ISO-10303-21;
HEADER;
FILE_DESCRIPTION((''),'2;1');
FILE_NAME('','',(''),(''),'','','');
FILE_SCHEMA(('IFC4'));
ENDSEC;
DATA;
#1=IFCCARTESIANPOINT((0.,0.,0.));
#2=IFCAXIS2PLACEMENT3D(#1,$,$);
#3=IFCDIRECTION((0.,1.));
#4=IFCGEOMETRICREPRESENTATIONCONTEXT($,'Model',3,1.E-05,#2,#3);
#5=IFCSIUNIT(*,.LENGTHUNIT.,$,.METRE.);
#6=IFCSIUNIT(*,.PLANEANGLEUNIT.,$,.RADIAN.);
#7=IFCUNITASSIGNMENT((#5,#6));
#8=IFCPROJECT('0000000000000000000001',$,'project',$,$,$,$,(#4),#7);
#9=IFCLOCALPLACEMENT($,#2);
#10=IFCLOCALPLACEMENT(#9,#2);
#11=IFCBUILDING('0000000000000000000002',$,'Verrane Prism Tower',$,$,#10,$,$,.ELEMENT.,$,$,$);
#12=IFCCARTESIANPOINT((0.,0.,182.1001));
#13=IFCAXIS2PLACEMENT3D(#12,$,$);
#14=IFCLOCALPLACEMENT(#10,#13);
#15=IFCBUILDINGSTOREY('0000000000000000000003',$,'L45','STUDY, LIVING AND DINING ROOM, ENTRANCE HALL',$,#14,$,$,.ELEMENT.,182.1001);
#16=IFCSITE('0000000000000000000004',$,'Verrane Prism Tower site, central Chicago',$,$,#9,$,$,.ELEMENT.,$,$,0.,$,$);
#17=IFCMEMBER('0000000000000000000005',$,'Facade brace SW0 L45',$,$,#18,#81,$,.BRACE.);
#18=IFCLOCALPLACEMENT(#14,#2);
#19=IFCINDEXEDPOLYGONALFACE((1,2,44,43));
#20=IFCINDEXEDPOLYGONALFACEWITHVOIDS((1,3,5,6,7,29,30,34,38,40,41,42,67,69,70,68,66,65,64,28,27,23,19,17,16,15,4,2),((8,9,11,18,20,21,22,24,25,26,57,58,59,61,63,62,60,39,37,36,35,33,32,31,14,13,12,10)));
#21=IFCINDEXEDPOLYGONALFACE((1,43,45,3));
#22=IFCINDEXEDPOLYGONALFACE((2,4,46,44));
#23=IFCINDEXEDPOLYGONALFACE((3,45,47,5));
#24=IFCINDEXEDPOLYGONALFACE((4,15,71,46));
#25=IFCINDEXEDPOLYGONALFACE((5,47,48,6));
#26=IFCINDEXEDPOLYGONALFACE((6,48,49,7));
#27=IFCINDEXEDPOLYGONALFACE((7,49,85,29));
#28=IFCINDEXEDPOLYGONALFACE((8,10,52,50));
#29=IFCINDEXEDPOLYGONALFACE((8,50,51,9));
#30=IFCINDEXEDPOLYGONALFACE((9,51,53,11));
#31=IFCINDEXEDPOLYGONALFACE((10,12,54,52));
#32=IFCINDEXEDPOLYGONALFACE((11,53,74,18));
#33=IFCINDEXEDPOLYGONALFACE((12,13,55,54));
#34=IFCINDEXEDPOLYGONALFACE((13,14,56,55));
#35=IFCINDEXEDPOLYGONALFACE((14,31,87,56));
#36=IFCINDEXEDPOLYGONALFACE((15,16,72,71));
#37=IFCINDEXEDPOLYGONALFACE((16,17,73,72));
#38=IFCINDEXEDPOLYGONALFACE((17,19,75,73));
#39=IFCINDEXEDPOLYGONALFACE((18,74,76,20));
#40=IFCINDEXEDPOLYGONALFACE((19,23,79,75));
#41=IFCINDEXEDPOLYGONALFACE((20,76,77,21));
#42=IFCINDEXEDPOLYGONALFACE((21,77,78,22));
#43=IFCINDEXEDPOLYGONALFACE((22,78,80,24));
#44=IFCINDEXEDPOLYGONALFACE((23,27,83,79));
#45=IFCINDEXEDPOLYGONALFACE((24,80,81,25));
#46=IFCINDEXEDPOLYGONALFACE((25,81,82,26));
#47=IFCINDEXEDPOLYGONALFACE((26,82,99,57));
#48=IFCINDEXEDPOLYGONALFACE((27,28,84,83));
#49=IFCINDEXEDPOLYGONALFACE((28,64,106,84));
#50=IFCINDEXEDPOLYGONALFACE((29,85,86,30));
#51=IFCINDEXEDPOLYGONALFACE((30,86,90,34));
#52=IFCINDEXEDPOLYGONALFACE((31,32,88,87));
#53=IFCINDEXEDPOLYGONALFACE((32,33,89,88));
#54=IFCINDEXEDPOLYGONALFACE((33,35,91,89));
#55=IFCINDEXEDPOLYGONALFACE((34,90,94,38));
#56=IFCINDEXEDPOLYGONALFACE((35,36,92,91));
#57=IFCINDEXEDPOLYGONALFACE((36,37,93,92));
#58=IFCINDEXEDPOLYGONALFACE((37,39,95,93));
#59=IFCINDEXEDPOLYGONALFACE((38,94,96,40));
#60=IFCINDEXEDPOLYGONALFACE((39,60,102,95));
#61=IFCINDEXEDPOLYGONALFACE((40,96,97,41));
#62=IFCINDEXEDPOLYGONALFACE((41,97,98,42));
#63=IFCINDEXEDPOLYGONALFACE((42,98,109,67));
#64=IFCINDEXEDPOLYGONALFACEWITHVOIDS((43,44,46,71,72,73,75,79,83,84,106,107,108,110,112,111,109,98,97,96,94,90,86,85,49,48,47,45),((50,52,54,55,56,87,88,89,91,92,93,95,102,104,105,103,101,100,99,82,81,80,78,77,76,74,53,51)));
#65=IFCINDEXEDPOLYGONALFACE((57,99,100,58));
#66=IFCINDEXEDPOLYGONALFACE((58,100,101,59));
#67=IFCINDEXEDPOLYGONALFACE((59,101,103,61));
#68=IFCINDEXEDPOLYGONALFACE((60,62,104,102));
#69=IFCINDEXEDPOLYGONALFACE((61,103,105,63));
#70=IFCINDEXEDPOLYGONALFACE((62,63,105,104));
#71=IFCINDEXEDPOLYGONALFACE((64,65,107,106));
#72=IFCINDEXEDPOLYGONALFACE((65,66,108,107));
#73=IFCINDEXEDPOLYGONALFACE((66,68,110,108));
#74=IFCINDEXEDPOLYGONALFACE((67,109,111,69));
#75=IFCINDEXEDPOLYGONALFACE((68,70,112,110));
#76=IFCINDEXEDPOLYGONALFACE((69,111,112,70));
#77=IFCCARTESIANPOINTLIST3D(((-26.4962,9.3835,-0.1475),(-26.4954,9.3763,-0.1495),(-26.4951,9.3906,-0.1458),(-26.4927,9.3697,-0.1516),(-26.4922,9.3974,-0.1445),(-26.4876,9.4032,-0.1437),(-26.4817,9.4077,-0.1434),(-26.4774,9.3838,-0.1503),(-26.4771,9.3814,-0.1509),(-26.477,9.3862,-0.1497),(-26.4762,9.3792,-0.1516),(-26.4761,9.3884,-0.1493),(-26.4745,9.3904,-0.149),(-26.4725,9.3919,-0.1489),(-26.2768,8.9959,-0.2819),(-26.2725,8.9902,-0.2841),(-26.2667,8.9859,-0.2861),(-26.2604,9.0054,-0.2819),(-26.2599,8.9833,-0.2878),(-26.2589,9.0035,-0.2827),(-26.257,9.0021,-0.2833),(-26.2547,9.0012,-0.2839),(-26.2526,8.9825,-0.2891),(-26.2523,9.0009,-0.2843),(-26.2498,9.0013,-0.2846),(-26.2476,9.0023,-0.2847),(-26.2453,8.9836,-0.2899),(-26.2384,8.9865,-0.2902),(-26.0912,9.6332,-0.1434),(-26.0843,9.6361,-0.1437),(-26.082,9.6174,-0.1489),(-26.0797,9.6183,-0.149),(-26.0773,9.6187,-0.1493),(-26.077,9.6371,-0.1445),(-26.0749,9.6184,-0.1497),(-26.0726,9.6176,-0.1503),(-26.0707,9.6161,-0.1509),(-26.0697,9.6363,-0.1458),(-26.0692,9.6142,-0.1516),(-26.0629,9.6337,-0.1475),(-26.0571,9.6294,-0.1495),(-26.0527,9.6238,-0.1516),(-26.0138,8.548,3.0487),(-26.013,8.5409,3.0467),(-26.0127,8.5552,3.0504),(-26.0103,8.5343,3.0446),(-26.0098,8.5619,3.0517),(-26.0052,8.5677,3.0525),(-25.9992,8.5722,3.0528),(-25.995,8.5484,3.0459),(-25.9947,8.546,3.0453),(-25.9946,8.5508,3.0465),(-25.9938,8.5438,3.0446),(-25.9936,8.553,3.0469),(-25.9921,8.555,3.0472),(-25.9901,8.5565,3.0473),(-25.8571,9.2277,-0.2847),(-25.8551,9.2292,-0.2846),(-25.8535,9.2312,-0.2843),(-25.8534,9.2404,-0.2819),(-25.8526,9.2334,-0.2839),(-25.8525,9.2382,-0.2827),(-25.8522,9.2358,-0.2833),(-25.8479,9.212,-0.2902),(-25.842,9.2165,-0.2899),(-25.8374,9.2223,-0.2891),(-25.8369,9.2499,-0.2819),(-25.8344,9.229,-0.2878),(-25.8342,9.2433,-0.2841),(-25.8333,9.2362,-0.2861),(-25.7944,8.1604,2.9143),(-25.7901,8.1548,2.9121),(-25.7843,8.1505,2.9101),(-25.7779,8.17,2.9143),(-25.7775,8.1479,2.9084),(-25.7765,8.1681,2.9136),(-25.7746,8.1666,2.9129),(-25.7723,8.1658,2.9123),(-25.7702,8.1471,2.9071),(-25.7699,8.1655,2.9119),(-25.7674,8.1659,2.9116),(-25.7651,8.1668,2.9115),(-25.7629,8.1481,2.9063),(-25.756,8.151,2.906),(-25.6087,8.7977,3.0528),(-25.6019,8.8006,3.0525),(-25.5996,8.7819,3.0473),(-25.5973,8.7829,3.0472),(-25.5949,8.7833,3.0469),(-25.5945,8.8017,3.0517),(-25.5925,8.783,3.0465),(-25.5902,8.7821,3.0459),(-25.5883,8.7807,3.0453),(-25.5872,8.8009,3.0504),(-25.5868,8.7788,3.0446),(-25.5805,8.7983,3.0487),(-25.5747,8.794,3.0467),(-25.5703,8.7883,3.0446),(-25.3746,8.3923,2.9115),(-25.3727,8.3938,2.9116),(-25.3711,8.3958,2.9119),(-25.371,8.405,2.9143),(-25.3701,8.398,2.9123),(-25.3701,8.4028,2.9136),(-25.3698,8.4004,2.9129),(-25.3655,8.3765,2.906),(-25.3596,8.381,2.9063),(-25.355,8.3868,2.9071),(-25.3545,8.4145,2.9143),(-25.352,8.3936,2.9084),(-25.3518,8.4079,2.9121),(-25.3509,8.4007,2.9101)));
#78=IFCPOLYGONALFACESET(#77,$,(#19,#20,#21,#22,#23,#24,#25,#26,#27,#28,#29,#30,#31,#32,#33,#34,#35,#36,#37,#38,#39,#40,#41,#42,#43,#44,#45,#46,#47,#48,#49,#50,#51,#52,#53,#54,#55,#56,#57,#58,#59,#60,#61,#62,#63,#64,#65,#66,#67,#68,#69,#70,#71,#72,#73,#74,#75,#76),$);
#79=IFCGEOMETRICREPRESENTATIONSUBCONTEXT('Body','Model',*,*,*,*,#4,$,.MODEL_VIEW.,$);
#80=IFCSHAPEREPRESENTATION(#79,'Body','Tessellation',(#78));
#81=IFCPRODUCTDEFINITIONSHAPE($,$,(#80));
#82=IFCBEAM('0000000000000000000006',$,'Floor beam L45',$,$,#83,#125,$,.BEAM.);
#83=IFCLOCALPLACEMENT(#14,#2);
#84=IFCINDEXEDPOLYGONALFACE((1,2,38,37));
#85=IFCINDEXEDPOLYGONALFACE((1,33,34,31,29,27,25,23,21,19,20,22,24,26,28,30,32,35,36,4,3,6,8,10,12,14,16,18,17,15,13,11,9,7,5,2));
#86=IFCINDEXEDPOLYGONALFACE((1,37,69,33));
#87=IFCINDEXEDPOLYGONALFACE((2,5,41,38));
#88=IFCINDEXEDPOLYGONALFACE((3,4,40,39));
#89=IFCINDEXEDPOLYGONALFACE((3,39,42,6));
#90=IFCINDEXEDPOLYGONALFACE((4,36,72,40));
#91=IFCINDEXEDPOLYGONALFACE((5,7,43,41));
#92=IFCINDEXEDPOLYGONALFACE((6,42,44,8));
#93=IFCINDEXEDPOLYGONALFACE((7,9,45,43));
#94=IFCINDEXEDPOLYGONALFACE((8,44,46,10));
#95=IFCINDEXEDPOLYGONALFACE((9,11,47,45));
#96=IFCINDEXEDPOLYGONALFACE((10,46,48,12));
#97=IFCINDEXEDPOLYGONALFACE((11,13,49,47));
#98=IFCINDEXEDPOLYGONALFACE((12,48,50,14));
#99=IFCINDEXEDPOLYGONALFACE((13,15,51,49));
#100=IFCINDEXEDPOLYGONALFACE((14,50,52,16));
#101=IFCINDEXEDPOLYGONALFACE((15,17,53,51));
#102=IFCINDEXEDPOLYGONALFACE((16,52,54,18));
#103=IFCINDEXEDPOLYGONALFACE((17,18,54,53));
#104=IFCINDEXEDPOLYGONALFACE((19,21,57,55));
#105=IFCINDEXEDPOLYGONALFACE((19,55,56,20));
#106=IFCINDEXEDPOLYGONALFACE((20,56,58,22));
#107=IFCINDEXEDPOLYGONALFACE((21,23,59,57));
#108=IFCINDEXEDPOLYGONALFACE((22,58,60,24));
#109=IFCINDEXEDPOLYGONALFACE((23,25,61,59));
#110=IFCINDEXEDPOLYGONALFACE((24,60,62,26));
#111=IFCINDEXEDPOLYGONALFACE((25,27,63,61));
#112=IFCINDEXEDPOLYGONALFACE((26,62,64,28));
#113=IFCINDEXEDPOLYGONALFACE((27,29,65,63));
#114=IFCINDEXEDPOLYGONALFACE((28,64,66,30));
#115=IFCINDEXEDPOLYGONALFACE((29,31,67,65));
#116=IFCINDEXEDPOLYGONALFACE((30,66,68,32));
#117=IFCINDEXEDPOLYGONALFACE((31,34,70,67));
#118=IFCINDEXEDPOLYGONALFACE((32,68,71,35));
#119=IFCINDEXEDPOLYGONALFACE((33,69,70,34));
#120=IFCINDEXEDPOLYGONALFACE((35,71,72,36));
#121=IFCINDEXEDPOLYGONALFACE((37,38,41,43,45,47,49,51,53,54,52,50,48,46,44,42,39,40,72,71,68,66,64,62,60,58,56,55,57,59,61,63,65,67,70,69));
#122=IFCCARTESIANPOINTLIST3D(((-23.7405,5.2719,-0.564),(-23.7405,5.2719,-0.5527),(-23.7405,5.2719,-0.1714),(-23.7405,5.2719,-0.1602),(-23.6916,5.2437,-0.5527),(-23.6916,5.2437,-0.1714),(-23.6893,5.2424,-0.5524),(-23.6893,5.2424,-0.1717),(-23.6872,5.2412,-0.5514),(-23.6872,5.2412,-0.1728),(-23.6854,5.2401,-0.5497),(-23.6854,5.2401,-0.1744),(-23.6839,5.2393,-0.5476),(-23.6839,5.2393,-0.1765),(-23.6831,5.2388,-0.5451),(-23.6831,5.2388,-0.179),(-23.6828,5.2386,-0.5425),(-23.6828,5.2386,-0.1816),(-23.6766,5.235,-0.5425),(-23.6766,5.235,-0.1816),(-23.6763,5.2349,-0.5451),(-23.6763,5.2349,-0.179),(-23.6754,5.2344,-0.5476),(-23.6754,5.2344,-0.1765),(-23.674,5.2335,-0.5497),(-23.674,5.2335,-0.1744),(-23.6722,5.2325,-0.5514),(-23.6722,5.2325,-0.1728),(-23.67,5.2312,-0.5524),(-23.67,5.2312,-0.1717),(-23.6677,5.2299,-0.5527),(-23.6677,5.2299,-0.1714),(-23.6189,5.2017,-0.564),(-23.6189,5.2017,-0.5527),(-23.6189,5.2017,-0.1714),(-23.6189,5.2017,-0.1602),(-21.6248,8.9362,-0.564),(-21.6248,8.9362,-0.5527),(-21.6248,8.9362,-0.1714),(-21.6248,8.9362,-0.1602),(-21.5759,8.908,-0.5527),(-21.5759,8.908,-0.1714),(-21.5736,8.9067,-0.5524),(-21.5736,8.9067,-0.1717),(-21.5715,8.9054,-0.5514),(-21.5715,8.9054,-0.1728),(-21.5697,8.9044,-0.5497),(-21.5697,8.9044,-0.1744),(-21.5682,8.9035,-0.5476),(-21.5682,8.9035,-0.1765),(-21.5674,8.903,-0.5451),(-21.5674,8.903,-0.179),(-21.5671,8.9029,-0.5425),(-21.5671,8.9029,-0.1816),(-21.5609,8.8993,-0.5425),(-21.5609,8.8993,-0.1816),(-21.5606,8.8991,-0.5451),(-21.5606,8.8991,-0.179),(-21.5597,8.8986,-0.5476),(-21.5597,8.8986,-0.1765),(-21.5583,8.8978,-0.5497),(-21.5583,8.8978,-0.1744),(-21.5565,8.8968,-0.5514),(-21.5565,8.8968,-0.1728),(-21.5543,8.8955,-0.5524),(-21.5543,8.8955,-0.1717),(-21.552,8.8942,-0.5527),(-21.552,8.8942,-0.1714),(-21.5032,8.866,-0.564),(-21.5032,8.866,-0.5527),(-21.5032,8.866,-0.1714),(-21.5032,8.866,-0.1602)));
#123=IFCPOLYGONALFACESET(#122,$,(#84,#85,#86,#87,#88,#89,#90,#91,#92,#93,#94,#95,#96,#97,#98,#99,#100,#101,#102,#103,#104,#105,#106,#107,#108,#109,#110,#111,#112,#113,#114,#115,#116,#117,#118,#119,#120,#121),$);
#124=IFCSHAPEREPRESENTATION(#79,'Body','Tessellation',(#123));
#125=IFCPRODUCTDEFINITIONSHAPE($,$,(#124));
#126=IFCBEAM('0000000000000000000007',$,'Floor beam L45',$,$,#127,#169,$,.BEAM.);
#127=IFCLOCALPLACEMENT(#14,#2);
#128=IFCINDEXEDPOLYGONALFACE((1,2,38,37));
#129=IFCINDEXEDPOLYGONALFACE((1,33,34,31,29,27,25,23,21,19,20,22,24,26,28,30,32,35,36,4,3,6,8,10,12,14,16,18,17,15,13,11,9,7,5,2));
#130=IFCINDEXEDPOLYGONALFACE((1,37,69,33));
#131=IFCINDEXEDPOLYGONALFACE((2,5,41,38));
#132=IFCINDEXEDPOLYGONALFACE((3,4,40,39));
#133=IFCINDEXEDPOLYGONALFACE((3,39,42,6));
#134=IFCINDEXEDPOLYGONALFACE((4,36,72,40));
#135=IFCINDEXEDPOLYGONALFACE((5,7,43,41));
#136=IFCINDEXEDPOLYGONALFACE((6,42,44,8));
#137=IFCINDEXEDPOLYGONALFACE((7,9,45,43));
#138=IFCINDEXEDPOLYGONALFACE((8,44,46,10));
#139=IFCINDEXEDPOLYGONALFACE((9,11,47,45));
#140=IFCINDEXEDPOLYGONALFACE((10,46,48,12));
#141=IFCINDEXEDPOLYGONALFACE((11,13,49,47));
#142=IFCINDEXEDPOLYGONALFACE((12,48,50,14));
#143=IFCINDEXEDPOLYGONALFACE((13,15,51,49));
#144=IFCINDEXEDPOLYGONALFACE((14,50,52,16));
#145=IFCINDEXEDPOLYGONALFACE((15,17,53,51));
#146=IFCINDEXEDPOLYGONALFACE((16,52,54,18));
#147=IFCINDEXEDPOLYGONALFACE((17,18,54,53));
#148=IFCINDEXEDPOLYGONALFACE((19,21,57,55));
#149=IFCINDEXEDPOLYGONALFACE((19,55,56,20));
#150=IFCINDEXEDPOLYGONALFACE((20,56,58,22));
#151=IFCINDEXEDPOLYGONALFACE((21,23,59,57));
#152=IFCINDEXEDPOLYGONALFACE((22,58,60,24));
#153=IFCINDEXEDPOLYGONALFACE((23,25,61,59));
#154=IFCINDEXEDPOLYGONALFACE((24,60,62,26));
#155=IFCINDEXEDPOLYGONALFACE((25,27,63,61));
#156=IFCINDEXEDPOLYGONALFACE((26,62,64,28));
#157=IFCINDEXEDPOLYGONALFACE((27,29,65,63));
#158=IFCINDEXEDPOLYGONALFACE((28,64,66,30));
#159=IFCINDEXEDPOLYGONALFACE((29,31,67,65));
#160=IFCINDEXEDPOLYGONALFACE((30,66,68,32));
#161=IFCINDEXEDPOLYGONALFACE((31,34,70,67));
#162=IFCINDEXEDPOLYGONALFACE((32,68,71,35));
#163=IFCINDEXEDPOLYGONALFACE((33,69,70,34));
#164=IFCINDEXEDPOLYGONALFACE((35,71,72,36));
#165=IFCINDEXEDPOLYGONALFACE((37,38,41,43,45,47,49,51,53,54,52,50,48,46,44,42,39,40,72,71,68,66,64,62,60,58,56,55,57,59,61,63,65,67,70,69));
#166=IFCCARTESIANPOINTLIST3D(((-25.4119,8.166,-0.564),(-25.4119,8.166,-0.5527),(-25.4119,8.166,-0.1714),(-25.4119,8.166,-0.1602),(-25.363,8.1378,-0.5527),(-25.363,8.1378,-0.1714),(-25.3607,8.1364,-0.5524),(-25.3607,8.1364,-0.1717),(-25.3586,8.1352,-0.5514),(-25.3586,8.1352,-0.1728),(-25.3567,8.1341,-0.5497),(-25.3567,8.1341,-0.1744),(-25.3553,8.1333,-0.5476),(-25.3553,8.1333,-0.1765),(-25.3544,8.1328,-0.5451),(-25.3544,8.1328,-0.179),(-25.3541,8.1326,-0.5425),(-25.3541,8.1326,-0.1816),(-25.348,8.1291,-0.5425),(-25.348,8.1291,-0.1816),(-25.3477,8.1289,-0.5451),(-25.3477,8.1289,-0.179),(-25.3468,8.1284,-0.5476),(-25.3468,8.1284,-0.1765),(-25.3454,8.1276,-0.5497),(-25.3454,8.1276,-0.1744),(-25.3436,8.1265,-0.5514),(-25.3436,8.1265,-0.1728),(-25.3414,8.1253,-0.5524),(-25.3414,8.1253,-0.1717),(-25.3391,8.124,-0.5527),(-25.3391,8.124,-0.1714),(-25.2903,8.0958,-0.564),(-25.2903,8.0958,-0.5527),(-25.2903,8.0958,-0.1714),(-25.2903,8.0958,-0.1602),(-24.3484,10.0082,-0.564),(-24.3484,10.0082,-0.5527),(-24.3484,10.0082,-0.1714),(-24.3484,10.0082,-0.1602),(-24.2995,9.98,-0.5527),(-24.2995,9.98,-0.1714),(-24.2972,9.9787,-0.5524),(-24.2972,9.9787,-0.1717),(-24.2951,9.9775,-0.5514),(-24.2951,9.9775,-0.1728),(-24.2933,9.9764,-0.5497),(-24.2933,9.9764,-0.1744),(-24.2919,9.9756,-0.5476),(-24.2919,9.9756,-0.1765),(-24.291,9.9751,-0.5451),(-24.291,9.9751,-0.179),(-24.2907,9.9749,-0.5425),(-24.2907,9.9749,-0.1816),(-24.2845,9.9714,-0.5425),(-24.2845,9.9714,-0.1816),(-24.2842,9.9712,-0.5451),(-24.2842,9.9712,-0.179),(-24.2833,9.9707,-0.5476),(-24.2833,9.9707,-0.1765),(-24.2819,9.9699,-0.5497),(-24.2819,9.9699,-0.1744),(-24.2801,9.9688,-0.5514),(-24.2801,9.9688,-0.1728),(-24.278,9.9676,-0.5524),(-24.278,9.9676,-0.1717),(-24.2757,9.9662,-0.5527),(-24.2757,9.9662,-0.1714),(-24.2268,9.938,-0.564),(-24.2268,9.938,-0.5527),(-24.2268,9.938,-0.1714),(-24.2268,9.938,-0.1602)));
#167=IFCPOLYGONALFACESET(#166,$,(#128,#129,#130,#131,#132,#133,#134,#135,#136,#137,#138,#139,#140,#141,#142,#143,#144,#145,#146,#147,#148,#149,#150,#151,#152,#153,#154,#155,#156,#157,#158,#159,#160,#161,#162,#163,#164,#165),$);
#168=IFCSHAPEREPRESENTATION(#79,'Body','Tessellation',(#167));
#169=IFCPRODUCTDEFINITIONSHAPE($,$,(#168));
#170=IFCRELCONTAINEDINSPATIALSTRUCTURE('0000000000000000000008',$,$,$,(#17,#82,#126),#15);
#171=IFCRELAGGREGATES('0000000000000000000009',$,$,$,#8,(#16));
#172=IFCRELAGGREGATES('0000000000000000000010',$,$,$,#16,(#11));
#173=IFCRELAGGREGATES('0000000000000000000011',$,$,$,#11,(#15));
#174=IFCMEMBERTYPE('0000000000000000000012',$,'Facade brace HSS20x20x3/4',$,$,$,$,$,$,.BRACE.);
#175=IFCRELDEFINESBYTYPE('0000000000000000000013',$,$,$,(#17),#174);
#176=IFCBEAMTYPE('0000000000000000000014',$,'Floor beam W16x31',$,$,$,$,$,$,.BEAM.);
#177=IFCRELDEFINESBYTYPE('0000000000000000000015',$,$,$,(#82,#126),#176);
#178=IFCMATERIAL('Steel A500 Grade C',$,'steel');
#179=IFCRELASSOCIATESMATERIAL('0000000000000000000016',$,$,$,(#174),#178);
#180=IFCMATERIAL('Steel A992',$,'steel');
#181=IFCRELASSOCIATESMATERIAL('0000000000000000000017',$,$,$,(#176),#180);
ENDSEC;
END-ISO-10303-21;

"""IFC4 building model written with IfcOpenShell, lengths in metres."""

from ifc_helpers import new_model, si_unit, direction, frame, origin, origin_2d, place, context, subcontext, project, spatial, hollow_rectangle, i_section, extrude, material, material_profile, profile_set, type_object, element, save


model = new_model("IFC4")

# Units and contexts
model_context = context("Model", 3, precision=1e-05, world=origin(), true_north=direction((0.0, 1.0)))
body_context = subcontext(model_context, "Body", "Model", "MODEL_VIEW")
ifc_project = project(units=[si_unit("LENGTHUNIT", "METRE"), si_unit("PLANEANGLEUNIT", "RADIAN")], contexts=[model_context])

# Site, building, storey
site_placement = place(None, origin())
site = spatial("IfcSite", under=ifc_project, at=site_placement, Name="Verrane Prism Tower site, central Chicago", CompositionType="ELEMENT", RefElevation=0.0)
building_placement = place(site_placement, origin())
building = spatial("IfcBuilding", under=site, at=building_placement, Name="Verrane Prism Tower", CompositionType="ELEMENT")
storey_placement = place(building_placement, frame((0.0, 0.0, 182.1001)))
storey = spatial("IfcBuildingStorey", under=building, at=storey_placement, Name="L45", Description="STUDY, LIVING AND DINING ROOM, ENTRANCE HALL", CompositionType="ELEMENT", Elevation=182.1001)

# Member
ifc_material_1 = material(Name="Steel A500 Grade C", Category="steel")
ifc_material_profile_1 = material_profile(ifc_material_1, hollow_rectangle(XDim=0.5081, YDim=0.5081, WallThickness=0.019, InnerFilletRadius=0.0095, OuterFilletRadius=0.0286, at=origin_2d()), Name="HSS20x20x3/4")
ifc_profile_set_1 = profile_set([ifc_material_profile_1], Name="Steel A500 Grade C")
member_type_1 = type_object("IfcMemberType", Name="Facade brace HSS20x20x3/4", PredefinedType="BRACE", material=ifc_profile_set_1)
member_1_placement = place(storey_placement, frame((-26.1648, 9.3098, -0.2168), z_axis=(0.144494, -0.250231, 0.957343), x_axis=(0.865992, 0.500058, 0.0)))
element("IfcMember", 1, at=member_1_placement, inside=storey, type_object=member_type_1, Name="Facade brace SW0 L45", PredefinedType="BRACE", context=body_context, shape_type="SweptSolid", body=[
    extrude(hollow_rectangle(XDim=0.5081, YDim=0.5081, WallThickness=0.019, InnerFilletRadius=0.0095, OuterFilletRadius=0.0286, at=origin_2d()), origin(), (0.0, 0.0, 1.0), 3.3386),
])

# Beams
ifc_material_2 = material(Name="Steel A992", Category="steel")
ifc_material_profile_2 = material_profile(ifc_material_2, i_section(OverallWidth=0.1404, OverallDepth=0.4038, WebThickness=0.0071, FlangeThickness=0.0112, FilletRadius=0.0103, at=origin_2d()), Name="W16x31")
ifc_profile_set_2 = profile_set([ifc_material_profile_2], Name="Steel A992")
beam_type_1 = type_object("IfcBeamType", Name="Floor beam W16x31", PredefinedType="BEAM", material=ifc_profile_set_2)
beam_1_placement = place(storey_placement, frame((-23.6797, 5.2368, -0.3621), z_axis=(0.500024, 0.866012, 0.0), x_axis=(-0.866012, 0.500024, 0.0)))
element("IfcBeam", 2, at=beam_1_placement, inside=storey, type_object=beam_type_1, Name="Floor beam L45", PredefinedType="BEAM", context=body_context, shape_type="SweptSolid", body=[
    extrude(i_section(OverallWidth=0.1404, OverallDepth=0.4038, WebThickness=0.0071, FlangeThickness=0.0112, FilletRadius=0.0103, at=origin_2d()), origin(), (0.0, 0.0, 1.0), 4.2312),
])
beam_2_placement = place(storey_placement, frame((-25.3511, 8.1309, -0.3621), z_axis=(0.499941, 0.866059, 0.0), x_axis=(-0.866059, 0.499941, 0.0)))
element("IfcBeam", 3, at=beam_2_placement, inside=storey, type_object=beam_type_1, Name="Floor beam L45", PredefinedType="BEAM", context=body_context, shape_type="SweptSolid", body=[
    extrude(i_section(OverallWidth=0.1404, OverallDepth=0.4038, WebThickness=0.0071, FlangeThickness=0.0112, FilletRadius=0.0103, at=origin_2d()), origin(), (0.0, 0.0, 1.0), 2.1272),
])

save(model, "model.ifc")
